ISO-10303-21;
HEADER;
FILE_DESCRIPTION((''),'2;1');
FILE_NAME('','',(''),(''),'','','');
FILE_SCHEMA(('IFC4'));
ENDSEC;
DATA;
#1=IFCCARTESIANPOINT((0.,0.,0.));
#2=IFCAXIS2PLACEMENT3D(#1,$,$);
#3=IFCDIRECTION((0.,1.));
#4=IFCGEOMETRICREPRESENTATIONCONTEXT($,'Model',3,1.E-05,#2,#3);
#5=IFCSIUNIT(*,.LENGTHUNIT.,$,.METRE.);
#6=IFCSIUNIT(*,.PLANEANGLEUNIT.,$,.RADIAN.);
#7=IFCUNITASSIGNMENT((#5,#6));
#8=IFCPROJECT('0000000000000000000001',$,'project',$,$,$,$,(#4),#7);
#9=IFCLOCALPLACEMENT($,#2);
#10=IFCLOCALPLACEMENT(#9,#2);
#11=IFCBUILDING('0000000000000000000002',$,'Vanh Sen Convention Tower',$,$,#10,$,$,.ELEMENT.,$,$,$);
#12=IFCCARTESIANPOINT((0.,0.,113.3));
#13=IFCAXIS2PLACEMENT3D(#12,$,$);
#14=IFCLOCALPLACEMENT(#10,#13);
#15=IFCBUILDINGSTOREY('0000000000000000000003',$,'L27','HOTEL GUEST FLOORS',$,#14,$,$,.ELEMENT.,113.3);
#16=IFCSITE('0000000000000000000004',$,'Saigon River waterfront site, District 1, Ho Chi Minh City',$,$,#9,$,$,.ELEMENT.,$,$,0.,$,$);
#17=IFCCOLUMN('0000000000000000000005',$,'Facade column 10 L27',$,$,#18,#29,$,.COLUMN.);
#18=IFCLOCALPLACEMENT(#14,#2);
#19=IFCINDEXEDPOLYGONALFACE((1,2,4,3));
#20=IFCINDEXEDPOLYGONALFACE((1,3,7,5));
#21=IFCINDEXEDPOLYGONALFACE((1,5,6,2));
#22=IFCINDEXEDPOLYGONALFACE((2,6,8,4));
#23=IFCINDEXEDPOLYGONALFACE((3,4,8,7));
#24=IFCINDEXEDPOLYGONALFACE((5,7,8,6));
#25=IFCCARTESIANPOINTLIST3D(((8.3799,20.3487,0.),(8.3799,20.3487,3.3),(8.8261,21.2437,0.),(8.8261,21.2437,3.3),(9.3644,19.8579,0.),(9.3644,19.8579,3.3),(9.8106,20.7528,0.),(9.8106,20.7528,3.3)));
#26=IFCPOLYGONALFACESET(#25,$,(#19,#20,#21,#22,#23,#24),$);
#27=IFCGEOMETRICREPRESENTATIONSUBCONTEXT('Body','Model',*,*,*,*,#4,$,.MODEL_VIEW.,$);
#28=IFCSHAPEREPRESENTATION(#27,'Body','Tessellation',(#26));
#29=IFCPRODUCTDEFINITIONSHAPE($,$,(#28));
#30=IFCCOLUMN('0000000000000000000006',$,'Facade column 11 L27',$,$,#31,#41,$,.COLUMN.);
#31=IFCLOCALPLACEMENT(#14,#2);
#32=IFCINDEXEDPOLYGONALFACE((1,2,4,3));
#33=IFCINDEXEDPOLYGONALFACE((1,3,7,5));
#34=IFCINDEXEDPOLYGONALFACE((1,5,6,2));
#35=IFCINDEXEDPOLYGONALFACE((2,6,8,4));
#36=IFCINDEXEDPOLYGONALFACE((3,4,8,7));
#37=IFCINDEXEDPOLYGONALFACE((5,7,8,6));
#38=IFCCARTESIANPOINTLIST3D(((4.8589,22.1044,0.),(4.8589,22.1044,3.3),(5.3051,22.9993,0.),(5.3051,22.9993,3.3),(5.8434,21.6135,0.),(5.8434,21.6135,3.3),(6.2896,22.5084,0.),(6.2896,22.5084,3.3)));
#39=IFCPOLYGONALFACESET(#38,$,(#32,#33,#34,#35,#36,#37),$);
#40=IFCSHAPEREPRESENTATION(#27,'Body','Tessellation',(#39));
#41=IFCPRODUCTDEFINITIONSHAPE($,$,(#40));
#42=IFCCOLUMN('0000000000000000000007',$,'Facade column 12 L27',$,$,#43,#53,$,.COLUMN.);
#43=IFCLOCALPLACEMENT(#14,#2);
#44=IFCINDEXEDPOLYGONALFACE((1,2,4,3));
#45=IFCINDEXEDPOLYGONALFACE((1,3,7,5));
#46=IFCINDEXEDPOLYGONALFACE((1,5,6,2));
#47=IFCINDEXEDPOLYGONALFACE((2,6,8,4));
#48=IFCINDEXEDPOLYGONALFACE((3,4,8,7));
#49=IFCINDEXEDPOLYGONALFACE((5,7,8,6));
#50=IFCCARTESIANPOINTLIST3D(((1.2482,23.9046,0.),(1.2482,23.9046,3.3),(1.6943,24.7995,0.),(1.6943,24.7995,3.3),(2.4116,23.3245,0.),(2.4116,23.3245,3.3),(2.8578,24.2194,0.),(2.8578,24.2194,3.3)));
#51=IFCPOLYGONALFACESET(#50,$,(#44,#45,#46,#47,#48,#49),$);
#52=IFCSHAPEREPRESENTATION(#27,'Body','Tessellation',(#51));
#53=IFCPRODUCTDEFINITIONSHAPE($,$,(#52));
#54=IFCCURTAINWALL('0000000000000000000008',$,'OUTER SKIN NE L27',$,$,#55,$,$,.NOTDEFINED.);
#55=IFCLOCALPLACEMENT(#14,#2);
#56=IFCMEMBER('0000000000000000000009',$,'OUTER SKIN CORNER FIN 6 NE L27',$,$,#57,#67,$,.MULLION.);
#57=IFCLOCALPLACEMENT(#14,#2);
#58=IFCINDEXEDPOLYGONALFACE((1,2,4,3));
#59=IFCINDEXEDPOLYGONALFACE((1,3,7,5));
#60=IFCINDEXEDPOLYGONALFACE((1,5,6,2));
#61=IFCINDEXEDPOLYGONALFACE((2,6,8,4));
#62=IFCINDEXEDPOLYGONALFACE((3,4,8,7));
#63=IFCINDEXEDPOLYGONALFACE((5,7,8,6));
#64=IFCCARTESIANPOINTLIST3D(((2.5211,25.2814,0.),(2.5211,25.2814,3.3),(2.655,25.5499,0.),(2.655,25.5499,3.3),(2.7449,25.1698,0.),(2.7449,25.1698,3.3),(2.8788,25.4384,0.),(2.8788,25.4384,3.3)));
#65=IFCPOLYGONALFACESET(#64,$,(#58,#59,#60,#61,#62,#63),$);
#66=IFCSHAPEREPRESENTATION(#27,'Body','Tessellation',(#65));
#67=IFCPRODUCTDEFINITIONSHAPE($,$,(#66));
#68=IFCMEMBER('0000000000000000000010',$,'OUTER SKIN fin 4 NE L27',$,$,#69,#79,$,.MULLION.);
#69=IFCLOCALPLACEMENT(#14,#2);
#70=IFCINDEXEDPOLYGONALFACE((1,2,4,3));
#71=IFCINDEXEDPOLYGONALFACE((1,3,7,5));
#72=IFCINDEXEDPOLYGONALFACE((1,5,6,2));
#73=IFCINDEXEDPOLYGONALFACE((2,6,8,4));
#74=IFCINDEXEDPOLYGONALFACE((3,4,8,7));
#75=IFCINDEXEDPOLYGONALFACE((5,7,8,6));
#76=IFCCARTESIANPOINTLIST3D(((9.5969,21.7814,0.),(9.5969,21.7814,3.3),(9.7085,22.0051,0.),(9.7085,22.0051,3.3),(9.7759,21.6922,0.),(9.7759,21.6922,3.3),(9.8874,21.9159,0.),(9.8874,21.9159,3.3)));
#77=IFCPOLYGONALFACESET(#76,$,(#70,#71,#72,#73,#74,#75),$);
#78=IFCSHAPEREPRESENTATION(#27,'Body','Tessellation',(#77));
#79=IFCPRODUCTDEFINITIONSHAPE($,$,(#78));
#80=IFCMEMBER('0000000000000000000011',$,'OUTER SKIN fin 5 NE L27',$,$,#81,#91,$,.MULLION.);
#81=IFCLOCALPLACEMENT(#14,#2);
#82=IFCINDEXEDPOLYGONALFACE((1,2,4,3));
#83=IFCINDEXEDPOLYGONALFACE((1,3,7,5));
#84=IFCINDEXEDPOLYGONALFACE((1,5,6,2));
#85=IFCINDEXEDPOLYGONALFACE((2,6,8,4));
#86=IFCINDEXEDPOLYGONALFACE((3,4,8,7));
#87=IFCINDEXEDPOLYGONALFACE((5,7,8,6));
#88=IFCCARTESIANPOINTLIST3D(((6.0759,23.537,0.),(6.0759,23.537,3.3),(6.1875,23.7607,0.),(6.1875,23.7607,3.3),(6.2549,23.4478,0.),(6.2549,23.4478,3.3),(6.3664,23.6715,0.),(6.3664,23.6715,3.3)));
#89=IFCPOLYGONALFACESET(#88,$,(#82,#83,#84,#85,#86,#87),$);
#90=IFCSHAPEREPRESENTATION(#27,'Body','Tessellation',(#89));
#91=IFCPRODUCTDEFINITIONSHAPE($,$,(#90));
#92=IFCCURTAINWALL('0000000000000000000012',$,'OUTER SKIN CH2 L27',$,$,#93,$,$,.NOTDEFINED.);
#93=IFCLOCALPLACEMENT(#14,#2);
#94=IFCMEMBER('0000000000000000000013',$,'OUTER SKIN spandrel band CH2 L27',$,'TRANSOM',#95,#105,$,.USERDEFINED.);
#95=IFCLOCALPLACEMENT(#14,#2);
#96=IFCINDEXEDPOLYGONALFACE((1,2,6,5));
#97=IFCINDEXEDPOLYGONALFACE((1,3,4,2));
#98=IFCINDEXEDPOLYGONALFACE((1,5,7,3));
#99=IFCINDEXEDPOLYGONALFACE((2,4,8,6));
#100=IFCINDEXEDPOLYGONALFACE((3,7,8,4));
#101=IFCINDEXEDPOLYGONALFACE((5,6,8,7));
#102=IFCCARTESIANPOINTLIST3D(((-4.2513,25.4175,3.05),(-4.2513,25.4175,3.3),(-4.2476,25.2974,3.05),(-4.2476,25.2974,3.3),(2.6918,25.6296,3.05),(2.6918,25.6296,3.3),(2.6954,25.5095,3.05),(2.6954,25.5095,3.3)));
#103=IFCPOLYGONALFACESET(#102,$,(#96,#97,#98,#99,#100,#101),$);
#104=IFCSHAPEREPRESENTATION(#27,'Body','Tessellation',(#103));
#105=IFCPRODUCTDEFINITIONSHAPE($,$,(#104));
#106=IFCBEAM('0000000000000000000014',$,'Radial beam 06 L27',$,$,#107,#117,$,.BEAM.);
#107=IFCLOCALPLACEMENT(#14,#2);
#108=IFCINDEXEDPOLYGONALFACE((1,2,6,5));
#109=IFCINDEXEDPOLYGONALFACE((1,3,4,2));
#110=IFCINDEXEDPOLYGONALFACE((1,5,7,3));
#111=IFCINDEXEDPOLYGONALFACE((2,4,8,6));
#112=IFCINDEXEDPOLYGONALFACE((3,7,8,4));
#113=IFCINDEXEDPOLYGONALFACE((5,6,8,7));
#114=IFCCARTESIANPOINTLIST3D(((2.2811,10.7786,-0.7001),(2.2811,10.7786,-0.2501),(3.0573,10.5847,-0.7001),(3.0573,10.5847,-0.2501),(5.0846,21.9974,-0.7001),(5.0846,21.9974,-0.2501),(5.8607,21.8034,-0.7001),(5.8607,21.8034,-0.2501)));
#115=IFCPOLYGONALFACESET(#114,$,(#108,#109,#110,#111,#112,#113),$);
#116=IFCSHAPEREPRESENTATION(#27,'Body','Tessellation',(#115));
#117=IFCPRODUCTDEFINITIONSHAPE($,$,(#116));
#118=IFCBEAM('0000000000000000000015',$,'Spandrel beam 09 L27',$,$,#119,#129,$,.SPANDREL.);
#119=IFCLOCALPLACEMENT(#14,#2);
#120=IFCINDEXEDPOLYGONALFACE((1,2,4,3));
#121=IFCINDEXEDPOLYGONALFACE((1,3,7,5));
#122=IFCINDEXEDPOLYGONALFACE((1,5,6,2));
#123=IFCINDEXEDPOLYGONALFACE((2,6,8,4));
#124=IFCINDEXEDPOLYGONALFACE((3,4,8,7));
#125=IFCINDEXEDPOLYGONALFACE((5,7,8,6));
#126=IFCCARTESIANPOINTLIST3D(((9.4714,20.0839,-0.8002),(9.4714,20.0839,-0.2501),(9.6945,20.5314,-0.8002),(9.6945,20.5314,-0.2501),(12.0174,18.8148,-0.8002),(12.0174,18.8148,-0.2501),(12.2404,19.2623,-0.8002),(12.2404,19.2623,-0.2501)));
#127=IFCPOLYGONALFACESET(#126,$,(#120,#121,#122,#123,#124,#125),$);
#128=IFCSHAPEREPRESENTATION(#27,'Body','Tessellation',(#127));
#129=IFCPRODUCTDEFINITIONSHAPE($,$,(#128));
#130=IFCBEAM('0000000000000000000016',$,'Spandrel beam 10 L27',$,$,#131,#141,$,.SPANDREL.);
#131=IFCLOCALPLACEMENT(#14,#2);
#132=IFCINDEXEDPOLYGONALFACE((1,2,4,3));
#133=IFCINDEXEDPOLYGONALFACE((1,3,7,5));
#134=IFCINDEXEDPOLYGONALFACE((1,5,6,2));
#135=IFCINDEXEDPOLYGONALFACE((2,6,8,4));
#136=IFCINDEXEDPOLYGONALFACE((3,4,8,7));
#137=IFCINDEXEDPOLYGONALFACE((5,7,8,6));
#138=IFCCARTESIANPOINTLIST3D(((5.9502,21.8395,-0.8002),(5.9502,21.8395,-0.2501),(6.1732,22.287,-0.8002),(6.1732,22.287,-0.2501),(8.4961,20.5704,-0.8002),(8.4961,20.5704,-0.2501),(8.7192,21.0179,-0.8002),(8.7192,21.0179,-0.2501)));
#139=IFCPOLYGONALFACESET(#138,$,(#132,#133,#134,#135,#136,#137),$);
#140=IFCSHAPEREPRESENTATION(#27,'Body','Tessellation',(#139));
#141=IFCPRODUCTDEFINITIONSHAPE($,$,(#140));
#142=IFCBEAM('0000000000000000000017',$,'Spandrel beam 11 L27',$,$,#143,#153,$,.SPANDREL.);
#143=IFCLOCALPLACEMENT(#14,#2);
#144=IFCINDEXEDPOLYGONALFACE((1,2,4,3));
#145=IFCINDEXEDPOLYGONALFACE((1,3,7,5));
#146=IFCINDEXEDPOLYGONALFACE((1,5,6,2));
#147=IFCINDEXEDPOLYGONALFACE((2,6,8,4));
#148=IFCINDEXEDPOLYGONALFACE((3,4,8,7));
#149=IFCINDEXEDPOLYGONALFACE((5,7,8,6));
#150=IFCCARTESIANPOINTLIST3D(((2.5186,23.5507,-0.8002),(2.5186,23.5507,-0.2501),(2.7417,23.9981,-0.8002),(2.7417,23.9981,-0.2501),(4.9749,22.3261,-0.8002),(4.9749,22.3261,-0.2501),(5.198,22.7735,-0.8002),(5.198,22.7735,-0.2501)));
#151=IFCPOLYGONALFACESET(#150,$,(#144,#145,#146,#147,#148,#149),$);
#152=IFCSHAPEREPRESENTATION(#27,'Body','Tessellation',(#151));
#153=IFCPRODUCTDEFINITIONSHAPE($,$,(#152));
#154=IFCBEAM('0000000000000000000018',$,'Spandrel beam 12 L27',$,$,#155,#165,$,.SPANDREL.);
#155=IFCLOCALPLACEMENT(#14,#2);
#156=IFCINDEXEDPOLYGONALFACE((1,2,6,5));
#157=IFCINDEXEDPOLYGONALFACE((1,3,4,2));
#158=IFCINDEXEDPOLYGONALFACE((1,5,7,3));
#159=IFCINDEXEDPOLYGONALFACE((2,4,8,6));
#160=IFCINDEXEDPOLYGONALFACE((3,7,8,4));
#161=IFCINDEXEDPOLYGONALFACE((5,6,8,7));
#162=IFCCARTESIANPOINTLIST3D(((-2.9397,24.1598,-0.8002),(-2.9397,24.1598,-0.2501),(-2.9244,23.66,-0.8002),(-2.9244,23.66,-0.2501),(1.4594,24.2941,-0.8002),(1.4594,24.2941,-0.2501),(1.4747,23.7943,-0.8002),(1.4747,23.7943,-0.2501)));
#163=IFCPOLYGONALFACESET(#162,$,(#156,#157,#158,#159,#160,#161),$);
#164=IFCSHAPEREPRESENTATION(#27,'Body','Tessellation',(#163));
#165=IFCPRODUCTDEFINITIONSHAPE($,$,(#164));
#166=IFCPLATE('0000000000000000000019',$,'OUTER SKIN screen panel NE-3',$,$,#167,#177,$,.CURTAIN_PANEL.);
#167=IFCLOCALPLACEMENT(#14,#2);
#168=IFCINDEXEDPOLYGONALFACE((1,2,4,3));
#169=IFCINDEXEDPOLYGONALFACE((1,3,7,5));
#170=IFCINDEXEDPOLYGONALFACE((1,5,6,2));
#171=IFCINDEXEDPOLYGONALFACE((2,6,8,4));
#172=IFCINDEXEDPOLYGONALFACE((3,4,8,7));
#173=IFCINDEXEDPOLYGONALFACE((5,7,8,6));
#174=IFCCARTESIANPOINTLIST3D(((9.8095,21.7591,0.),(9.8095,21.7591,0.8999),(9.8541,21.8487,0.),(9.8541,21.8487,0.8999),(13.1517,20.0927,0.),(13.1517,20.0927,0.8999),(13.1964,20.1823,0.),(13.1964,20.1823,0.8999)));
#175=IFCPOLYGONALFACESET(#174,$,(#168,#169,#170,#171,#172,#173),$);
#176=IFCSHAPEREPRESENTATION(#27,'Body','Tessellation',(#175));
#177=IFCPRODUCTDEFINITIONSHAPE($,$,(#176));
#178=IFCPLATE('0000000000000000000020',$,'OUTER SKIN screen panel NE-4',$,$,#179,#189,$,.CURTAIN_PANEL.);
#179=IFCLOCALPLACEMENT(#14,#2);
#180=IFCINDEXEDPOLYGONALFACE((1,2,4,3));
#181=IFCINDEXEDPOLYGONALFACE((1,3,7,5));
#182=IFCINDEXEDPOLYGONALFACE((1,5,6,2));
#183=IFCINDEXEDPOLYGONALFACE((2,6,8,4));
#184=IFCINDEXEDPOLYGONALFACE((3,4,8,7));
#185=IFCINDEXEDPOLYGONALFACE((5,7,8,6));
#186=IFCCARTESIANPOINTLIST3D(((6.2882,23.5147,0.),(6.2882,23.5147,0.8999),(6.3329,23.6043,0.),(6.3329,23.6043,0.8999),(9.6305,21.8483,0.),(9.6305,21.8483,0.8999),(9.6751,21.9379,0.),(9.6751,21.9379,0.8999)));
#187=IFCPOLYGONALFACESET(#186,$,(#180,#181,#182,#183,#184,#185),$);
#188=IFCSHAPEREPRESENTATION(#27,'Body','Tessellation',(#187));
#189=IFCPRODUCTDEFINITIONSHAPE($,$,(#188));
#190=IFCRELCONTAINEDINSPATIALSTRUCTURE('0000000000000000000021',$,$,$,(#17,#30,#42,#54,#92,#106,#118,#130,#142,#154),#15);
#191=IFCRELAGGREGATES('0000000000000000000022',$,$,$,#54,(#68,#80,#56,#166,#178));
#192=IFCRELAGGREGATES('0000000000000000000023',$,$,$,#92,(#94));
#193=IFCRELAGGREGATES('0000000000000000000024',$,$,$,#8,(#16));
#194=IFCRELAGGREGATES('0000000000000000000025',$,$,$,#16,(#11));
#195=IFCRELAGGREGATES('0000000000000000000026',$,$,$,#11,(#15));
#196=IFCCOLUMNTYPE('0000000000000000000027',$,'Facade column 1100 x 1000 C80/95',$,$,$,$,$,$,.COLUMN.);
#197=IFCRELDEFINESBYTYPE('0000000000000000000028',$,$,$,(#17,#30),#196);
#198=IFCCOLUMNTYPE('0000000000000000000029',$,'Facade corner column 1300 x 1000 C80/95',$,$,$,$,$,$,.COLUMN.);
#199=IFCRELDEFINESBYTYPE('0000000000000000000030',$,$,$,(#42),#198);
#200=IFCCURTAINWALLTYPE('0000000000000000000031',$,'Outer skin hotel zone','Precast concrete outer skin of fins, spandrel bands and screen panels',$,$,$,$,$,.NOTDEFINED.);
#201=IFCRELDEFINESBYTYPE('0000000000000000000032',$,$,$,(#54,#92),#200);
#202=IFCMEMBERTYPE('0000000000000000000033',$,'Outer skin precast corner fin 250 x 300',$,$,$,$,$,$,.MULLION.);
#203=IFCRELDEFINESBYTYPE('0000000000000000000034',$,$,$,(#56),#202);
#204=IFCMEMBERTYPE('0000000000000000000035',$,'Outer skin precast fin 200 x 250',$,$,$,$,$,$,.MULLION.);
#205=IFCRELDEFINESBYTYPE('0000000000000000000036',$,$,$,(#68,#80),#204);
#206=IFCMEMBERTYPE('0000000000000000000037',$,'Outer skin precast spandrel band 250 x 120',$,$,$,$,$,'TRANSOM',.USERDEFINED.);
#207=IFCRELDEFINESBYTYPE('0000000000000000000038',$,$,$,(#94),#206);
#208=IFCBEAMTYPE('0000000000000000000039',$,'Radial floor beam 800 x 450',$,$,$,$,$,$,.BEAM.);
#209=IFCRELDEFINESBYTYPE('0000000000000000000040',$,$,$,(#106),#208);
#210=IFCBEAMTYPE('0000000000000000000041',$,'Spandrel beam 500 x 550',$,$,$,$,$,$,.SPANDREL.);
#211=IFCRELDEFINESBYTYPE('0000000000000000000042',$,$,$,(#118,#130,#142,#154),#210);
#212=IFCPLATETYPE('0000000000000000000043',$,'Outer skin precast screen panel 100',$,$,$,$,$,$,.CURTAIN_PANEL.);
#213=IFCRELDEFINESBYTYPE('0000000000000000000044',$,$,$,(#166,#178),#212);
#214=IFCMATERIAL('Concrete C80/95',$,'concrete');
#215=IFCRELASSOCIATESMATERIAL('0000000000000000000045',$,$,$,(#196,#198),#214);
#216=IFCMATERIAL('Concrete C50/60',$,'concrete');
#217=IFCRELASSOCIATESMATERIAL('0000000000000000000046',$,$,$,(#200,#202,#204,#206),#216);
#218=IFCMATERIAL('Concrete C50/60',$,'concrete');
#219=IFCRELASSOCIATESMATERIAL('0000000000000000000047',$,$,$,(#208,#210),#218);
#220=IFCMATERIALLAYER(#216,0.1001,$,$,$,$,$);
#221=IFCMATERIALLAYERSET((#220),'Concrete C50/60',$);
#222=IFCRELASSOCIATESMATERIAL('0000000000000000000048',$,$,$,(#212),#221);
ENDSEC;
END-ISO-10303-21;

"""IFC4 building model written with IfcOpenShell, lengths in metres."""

from ifc_helpers import new_model, si_unit, direction, frame, origin, origin_2d, place, context, subcontext, project, spatial, rectangle, extrude, material, layer, layer_set, material_profile, profile_set, type_object, element, aggregate, save


model = new_model("IFC4")

# Units and contexts
model_context = context("Model", 3, precision=1e-05, world=origin(), true_north=direction((0.0, 1.0)))
body_context = subcontext(model_context, "Body", "Model", "MODEL_VIEW")
ifc_project = project(units=[si_unit("LENGTHUNIT", "METRE"), si_unit("PLANEANGLEUNIT", "RADIAN")], contexts=[model_context])

# Site, building, storey
site_placement = place(None, origin())
site = spatial("IfcSite", under=ifc_project, at=site_placement, Name="Saigon River waterfront site, District 1, Ho Chi Minh City", CompositionType="ELEMENT", RefElevation=0.0)
building_placement = place(site_placement, origin())
building = spatial("IfcBuilding", under=site, at=building_placement, Name="Vanh Sen Convention Tower", CompositionType="ELEMENT")
storey_placement = place(building_placement, frame((0.0, 0.0, 113.3)))
storey = spatial("IfcBuildingStorey", under=building, at=storey_placement, Name="L27", Description="HOTEL GUEST FLOORS", CompositionType="ELEMENT", Elevation=113.3)

# Columns
ifc_material_1 = material(Name="Concrete C80/95", Category="concrete")
ifc_material_profile_1 = material_profile(ifc_material_1, rectangle(XDim=1.1001, YDim=1.0, at=origin_2d()), Name="RC 1100X1000")
ifc_profile_set_1 = profile_set([ifc_material_profile_1], Name="Concrete C80/95")
column_type_1 = type_object("IfcColumnType", Name="Facade column 1100 x 1000 C80/95", PredefinedType="COLUMN", material=ifc_profile_set_1)
for number, where, z_axis, x_axis, name in (
    (1, (9.0952, 20.5508, 0.0), (0.0, 0.0, 1.0), (-0.894934, 0.446198, 0.0), "Facade column 10 L27"),
    (2, (5.5742, 22.3064, 0.0), (0.0, 0.0, 1.0), (-0.894934, 0.446198, 0.0), "Facade column 11 L27"),
):
    element("IfcColumn", number, at=place(storey_placement, frame(where, z_axis=z_axis, x_axis=x_axis)), inside=storey, type_object=column_type_1, Name=name, PredefinedType="COLUMN", context=body_context, shape_type="SweptSolid", body=[
        extrude(rectangle(XDim=1.1001, YDim=1.0, at=origin_2d()), origin(), (0.0, 0.0, 1.0), 3.3),
    ])
ifc_material_profile_2 = material_profile(ifc_material_1, rectangle(XDim=1.3, YDim=1.0, at=origin_2d()), Name="RC 1300X1000")
ifc_profile_set_2 = profile_set([ifc_material_profile_2], Name="Concrete C80/95")
column_type_2 = type_object("IfcColumnType", Name="Facade corner column 1300 x 1000 C80/95", PredefinedType="COLUMN", material=ifc_profile_set_2)
column_placement = place(storey_placement, frame((2.053, 24.062, 0.0), z_axis=(0.0, 0.0, 1.0), x_axis=(-0.894934, 0.446198, 0.0)))
element("IfcColumn", 3, at=column_placement, inside=storey, type_object=column_type_2, Name="Facade column 12 L27", PredefinedType="COLUMN", context=body_context, shape_type="SweptSolid", body=[
    extrude(rectangle(XDim=1.3, YDim=1.0, at=origin_2d()), origin(), (0.0, 0.0, 1.0), 3.3),
])

# Curtain wall, members
ifc_material_2 = material(Name="Concrete C50/60", Category="concrete")
curtain_wall_type = type_object("IfcCurtainWallType", Name="Outer skin hotel zone", Description="Precast concrete outer skin of fins, spandrel bands and screen panels", PredefinedType="NOTDEFINED", material=ifc_material_2)
curtain_wall_1_placement = place(storey_placement, origin())
curtain_wall_1 = element("IfcCurtainWall", 4, at=curtain_wall_1_placement, inside=storey, type_object=curtain_wall_type, Name="OUTER SKIN NE L27", PredefinedType="NOTDEFINED")
ifc_material_profile_3 = material_profile(ifc_material_2, rectangle(XDim=0.25, YDim=0.3, at=origin_2d()), Name="Outer skin precast corner fin 250 x 300")
ifc_profile_set_3 = profile_set([ifc_material_profile_3], Name="Concrete C50/60")
member_type_1 = type_object("IfcMemberType", Name="Outer skin precast corner fin 250 x 300", PredefinedType="MULLION", material=ifc_profile_set_3)
member_1_placement = place(storey_placement, frame((2.7, 25.3599, 0.0), z_axis=(0.0, 0.0, 1.0), x_axis=(-0.894934, 0.446198, 0.0)))
member_1 = element("IfcMember", 5, at=member_1_placement, type_object=member_type_1, Name="OUTER SKIN CORNER FIN 6 NE L27", PredefinedType="MULLION", context=body_context, shape_type="SweptSolid", body=[
    extrude(rectangle(XDim=0.25, YDim=0.3, at=origin_2d()), origin(), (0.0, 0.0, 1.0), 3.3),
])
ifc_material_profile_4 = material_profile(ifc_material_2, rectangle(XDim=0.2, YDim=0.25, at=origin_2d()), Name="Outer skin precast fin 200 x 250")
ifc_profile_set_4 = profile_set([ifc_material_profile_4], Name="Concrete C50/60")
member_type_2 = type_object("IfcMemberType", Name="Outer skin precast fin 200 x 250", PredefinedType="MULLION", material=ifc_profile_set_4)
member_2_placement = place(storey_placement, frame((9.7422, 21.8486, 0.0), z_axis=(0.0, 0.0, 1.0), x_axis=(-0.894934, 0.446198, 0.0)))
member_2 = element("IfcMember", 6, at=member_2_placement, type_object=member_type_2, Name="OUTER SKIN fin 4 NE L27", PredefinedType="MULLION", context=body_context, shape_type="SweptSolid", body=[
    extrude(rectangle(XDim=0.2, YDim=0.25, at=origin_2d()), origin(), (0.0, 0.0, 1.0), 3.3),
])
member_3_placement = place(storey_placement, frame((6.2212, 23.6042, 0.0), z_axis=(0.0, 0.0, 1.0), x_axis=(-0.894934, 0.446198, 0.0)))
member_3 = element("IfcMember", 7, at=member_3_placement, type_object=member_type_2, Name="OUTER SKIN fin 5 NE L27", PredefinedType="MULLION", context=body_context, shape_type="SweptSolid", body=[
    extrude(rectangle(XDim=0.2, YDim=0.25, at=origin_2d()), origin(), (0.0, 0.0, 1.0), 3.3),
])

# Curtain wall, member
curtain_wall_2_placement = place(storey_placement, origin())
curtain_wall_2 = element("IfcCurtainWall", 8, at=curtain_wall_2_placement, inside=storey, type_object=curtain_wall_type, Name="OUTER SKIN CH2 L27", PredefinedType="NOTDEFINED")
ifc_material_profile_5 = material_profile(ifc_material_2, rectangle(XDim=0.1201, YDim=0.25, at=origin_2d()), Name="Outer skin precast spandrel band 250 x 120")
ifc_profile_set_5 = profile_set([ifc_material_profile_5], Name="Concrete C50/60")
member_type_3 = type_object("IfcMemberType", Name="Outer skin precast spandrel band 250 x 120", ElementType="TRANSOM", PredefinedType="USERDEFINED", material=ifc_profile_set_5)
member_4_placement = place(storey_placement, frame((2.6936, 25.5696, 3.175), z_axis=(-0.999533, -0.030542, 0.0), x_axis=(0.030542, -0.999533, 0.0)))
member_4 = element("IfcMember", 9, at=member_4_placement, type_object=member_type_3, Name="OUTER SKIN spandrel band CH2 L27", ObjectType="TRANSOM", PredefinedType="USERDEFINED", context=body_context, shape_type="SweptSolid", body=[
    extrude(rectangle(XDim=0.1201, YDim=0.25, at=origin_2d()), origin(), (0.0, 0.0, 1.0), 6.9463),
])

# Beams
ifc_material_3 = material(Name="Concrete C50/60", Category="concrete")
ifc_material_profile_6 = material_profile(ifc_material_3, rectangle(XDim=0.8, YDim=0.45, at=origin_2d()), Name="RC 800X450")
ifc_profile_set_6 = profile_set([ifc_material_profile_6], Name="Concrete C50/60")
beam_type_1 = type_object("IfcBeamType", Name="Radial floor beam 800 x 450", PredefinedType="BEAM", material=ifc_profile_set_6)
beam_1_placement = place(storey_placement, frame((5.4727, 21.9004, -0.4751), z_axis=(-0.242436, -0.970167, 0.0), x_axis=(0.970167, -0.242436, 0.0)))
element("IfcBeam", 10, at=beam_1_placement, inside=storey, type_object=beam_type_1, Name="Radial beam 06 L27", PredefinedType="BEAM", context=body_context, shape_type="SweptSolid", body=[
    extrude(rectangle(XDim=0.8, YDim=0.45, at=origin_2d()), origin(), (0.0, 0.0, 1.0), 11.5637),
])
ifc_material_profile_7 = material_profile(ifc_material_3, rectangle(XDim=0.5, YDim=0.55, at=origin_2d()), Name="RC 500X550")
ifc_profile_set_7 = profile_set([ifc_material_profile_7], Name="Concrete C50/60")
beam_type_2 = type_object("IfcBeamType", Name="Spandrel beam 500 x 550", PredefinedType="SPANDREL", material=ifc_profile_set_7)
for number, where, z_axis, x_axis, name in (
    (11, (12.1289, 19.0386, -0.5251), (-0.894976, 0.446115, 0.0), (-0.446115, -0.894976, 0.0), "Spandrel beam 09 L27"),
    (12, (8.6077, 20.7942, -0.5251), (-0.894976, 0.446115, 0.0), (-0.446115, -0.894976, 0.0), "Spandrel beam 10 L27"),
):
    element("IfcBeam", number, at=place(storey_placement, frame(where, z_axis=z_axis, x_axis=x_axis)), inside=storey, type_object=beam_type_2, Name=name, PredefinedType="SPANDREL", context=body_context, shape_type="SweptSolid", body=[
        extrude(rectangle(XDim=0.5, YDim=0.55, at=origin_2d()), origin(), (0.0, 0.0, 1.0), 2.8447),
    ])
beam_2_placement = place(storey_placement, frame((5.0864, 22.5498, -0.5251), z_axis=(-0.894943, 0.446181, 0.0), x_axis=(-0.446181, -0.894943, 0.0)))
element("IfcBeam", 13, at=beam_2_placement, inside=storey, type_object=beam_type_2, Name="Spandrel beam 11 L27", PredefinedType="SPANDREL", context=body_context, shape_type="SweptSolid", body=[
    extrude(rectangle(XDim=0.5, YDim=0.55, at=origin_2d()), origin(), (0.0, 0.0, 1.0), 2.7446),
])
beam_3_placement = place(storey_placement, frame((1.467, 24.0442, -0.5251), z_axis=(-0.999534, -0.030509, 0.0), x_axis=(0.030509, -0.999534, 0.0)))
element("IfcBeam", 14, at=beam_3_placement, inside=storey, type_object=beam_type_2, Name="Spandrel beam 12 L27", PredefinedType="SPANDREL", context=body_context, shape_type="SweptSolid", body=[
    extrude(rectangle(XDim=0.5, YDim=0.55, at=origin_2d()), origin(), (0.0, 0.0, 1.0), 4.4011),
])

# Plates
ifc_layer_1 = layer(ifc_material_2, 0.1001)
ifc_layer_set_1 = layer_set([ifc_layer_1], Name="Concrete C50/60")
plate_type = type_object("IfcPlateType", Name="Outer skin precast screen panel 100", PredefinedType="CURTAIN_PANEL", material=ifc_layer_set_1)
plate_1_placement = place(storey_placement, frame((11.5029, 20.9707, 0.0), z_axis=(0.0, 0.0, 1.0), x_axis=(-0.894935, 0.446196, 0.0)))
plate_1 = element("IfcPlate", 15, at=plate_1_placement, type_object=plate_type, Name="OUTER SKIN screen panel NE-3", PredefinedType="CURTAIN_PANEL", context=body_context, shape_type="SweptSolid", body=[
    extrude(rectangle(XDim=3.7346, YDim=0.1001, at=origin_2d()), origin(), (0.0, 0.0, 1.0), 0.8999),
])
plate_2_placement = place(storey_placement, frame((7.9817, 22.7263, 0.0), z_axis=(0.0, 0.0, 1.0), x_axis=(-0.894935, 0.446196, 0.0)))
plate_2 = element("IfcPlate", 16, at=plate_2_placement, type_object=plate_type, Name="OUTER SKIN screen panel NE-4", PredefinedType="CURTAIN_PANEL", context=body_context, shape_type="SweptSolid", body=[
    extrude(rectangle(XDim=3.7346, YDim=0.1001, at=origin_2d()), origin(), (0.0, 0.0, 1.0), 0.8999),
])
aggregate(curtain_wall_1, [member_2, member_3, member_1, plate_1, plate_2])
aggregate(curtain_wall_2, [member_4])

save(model, "model.ifc")
